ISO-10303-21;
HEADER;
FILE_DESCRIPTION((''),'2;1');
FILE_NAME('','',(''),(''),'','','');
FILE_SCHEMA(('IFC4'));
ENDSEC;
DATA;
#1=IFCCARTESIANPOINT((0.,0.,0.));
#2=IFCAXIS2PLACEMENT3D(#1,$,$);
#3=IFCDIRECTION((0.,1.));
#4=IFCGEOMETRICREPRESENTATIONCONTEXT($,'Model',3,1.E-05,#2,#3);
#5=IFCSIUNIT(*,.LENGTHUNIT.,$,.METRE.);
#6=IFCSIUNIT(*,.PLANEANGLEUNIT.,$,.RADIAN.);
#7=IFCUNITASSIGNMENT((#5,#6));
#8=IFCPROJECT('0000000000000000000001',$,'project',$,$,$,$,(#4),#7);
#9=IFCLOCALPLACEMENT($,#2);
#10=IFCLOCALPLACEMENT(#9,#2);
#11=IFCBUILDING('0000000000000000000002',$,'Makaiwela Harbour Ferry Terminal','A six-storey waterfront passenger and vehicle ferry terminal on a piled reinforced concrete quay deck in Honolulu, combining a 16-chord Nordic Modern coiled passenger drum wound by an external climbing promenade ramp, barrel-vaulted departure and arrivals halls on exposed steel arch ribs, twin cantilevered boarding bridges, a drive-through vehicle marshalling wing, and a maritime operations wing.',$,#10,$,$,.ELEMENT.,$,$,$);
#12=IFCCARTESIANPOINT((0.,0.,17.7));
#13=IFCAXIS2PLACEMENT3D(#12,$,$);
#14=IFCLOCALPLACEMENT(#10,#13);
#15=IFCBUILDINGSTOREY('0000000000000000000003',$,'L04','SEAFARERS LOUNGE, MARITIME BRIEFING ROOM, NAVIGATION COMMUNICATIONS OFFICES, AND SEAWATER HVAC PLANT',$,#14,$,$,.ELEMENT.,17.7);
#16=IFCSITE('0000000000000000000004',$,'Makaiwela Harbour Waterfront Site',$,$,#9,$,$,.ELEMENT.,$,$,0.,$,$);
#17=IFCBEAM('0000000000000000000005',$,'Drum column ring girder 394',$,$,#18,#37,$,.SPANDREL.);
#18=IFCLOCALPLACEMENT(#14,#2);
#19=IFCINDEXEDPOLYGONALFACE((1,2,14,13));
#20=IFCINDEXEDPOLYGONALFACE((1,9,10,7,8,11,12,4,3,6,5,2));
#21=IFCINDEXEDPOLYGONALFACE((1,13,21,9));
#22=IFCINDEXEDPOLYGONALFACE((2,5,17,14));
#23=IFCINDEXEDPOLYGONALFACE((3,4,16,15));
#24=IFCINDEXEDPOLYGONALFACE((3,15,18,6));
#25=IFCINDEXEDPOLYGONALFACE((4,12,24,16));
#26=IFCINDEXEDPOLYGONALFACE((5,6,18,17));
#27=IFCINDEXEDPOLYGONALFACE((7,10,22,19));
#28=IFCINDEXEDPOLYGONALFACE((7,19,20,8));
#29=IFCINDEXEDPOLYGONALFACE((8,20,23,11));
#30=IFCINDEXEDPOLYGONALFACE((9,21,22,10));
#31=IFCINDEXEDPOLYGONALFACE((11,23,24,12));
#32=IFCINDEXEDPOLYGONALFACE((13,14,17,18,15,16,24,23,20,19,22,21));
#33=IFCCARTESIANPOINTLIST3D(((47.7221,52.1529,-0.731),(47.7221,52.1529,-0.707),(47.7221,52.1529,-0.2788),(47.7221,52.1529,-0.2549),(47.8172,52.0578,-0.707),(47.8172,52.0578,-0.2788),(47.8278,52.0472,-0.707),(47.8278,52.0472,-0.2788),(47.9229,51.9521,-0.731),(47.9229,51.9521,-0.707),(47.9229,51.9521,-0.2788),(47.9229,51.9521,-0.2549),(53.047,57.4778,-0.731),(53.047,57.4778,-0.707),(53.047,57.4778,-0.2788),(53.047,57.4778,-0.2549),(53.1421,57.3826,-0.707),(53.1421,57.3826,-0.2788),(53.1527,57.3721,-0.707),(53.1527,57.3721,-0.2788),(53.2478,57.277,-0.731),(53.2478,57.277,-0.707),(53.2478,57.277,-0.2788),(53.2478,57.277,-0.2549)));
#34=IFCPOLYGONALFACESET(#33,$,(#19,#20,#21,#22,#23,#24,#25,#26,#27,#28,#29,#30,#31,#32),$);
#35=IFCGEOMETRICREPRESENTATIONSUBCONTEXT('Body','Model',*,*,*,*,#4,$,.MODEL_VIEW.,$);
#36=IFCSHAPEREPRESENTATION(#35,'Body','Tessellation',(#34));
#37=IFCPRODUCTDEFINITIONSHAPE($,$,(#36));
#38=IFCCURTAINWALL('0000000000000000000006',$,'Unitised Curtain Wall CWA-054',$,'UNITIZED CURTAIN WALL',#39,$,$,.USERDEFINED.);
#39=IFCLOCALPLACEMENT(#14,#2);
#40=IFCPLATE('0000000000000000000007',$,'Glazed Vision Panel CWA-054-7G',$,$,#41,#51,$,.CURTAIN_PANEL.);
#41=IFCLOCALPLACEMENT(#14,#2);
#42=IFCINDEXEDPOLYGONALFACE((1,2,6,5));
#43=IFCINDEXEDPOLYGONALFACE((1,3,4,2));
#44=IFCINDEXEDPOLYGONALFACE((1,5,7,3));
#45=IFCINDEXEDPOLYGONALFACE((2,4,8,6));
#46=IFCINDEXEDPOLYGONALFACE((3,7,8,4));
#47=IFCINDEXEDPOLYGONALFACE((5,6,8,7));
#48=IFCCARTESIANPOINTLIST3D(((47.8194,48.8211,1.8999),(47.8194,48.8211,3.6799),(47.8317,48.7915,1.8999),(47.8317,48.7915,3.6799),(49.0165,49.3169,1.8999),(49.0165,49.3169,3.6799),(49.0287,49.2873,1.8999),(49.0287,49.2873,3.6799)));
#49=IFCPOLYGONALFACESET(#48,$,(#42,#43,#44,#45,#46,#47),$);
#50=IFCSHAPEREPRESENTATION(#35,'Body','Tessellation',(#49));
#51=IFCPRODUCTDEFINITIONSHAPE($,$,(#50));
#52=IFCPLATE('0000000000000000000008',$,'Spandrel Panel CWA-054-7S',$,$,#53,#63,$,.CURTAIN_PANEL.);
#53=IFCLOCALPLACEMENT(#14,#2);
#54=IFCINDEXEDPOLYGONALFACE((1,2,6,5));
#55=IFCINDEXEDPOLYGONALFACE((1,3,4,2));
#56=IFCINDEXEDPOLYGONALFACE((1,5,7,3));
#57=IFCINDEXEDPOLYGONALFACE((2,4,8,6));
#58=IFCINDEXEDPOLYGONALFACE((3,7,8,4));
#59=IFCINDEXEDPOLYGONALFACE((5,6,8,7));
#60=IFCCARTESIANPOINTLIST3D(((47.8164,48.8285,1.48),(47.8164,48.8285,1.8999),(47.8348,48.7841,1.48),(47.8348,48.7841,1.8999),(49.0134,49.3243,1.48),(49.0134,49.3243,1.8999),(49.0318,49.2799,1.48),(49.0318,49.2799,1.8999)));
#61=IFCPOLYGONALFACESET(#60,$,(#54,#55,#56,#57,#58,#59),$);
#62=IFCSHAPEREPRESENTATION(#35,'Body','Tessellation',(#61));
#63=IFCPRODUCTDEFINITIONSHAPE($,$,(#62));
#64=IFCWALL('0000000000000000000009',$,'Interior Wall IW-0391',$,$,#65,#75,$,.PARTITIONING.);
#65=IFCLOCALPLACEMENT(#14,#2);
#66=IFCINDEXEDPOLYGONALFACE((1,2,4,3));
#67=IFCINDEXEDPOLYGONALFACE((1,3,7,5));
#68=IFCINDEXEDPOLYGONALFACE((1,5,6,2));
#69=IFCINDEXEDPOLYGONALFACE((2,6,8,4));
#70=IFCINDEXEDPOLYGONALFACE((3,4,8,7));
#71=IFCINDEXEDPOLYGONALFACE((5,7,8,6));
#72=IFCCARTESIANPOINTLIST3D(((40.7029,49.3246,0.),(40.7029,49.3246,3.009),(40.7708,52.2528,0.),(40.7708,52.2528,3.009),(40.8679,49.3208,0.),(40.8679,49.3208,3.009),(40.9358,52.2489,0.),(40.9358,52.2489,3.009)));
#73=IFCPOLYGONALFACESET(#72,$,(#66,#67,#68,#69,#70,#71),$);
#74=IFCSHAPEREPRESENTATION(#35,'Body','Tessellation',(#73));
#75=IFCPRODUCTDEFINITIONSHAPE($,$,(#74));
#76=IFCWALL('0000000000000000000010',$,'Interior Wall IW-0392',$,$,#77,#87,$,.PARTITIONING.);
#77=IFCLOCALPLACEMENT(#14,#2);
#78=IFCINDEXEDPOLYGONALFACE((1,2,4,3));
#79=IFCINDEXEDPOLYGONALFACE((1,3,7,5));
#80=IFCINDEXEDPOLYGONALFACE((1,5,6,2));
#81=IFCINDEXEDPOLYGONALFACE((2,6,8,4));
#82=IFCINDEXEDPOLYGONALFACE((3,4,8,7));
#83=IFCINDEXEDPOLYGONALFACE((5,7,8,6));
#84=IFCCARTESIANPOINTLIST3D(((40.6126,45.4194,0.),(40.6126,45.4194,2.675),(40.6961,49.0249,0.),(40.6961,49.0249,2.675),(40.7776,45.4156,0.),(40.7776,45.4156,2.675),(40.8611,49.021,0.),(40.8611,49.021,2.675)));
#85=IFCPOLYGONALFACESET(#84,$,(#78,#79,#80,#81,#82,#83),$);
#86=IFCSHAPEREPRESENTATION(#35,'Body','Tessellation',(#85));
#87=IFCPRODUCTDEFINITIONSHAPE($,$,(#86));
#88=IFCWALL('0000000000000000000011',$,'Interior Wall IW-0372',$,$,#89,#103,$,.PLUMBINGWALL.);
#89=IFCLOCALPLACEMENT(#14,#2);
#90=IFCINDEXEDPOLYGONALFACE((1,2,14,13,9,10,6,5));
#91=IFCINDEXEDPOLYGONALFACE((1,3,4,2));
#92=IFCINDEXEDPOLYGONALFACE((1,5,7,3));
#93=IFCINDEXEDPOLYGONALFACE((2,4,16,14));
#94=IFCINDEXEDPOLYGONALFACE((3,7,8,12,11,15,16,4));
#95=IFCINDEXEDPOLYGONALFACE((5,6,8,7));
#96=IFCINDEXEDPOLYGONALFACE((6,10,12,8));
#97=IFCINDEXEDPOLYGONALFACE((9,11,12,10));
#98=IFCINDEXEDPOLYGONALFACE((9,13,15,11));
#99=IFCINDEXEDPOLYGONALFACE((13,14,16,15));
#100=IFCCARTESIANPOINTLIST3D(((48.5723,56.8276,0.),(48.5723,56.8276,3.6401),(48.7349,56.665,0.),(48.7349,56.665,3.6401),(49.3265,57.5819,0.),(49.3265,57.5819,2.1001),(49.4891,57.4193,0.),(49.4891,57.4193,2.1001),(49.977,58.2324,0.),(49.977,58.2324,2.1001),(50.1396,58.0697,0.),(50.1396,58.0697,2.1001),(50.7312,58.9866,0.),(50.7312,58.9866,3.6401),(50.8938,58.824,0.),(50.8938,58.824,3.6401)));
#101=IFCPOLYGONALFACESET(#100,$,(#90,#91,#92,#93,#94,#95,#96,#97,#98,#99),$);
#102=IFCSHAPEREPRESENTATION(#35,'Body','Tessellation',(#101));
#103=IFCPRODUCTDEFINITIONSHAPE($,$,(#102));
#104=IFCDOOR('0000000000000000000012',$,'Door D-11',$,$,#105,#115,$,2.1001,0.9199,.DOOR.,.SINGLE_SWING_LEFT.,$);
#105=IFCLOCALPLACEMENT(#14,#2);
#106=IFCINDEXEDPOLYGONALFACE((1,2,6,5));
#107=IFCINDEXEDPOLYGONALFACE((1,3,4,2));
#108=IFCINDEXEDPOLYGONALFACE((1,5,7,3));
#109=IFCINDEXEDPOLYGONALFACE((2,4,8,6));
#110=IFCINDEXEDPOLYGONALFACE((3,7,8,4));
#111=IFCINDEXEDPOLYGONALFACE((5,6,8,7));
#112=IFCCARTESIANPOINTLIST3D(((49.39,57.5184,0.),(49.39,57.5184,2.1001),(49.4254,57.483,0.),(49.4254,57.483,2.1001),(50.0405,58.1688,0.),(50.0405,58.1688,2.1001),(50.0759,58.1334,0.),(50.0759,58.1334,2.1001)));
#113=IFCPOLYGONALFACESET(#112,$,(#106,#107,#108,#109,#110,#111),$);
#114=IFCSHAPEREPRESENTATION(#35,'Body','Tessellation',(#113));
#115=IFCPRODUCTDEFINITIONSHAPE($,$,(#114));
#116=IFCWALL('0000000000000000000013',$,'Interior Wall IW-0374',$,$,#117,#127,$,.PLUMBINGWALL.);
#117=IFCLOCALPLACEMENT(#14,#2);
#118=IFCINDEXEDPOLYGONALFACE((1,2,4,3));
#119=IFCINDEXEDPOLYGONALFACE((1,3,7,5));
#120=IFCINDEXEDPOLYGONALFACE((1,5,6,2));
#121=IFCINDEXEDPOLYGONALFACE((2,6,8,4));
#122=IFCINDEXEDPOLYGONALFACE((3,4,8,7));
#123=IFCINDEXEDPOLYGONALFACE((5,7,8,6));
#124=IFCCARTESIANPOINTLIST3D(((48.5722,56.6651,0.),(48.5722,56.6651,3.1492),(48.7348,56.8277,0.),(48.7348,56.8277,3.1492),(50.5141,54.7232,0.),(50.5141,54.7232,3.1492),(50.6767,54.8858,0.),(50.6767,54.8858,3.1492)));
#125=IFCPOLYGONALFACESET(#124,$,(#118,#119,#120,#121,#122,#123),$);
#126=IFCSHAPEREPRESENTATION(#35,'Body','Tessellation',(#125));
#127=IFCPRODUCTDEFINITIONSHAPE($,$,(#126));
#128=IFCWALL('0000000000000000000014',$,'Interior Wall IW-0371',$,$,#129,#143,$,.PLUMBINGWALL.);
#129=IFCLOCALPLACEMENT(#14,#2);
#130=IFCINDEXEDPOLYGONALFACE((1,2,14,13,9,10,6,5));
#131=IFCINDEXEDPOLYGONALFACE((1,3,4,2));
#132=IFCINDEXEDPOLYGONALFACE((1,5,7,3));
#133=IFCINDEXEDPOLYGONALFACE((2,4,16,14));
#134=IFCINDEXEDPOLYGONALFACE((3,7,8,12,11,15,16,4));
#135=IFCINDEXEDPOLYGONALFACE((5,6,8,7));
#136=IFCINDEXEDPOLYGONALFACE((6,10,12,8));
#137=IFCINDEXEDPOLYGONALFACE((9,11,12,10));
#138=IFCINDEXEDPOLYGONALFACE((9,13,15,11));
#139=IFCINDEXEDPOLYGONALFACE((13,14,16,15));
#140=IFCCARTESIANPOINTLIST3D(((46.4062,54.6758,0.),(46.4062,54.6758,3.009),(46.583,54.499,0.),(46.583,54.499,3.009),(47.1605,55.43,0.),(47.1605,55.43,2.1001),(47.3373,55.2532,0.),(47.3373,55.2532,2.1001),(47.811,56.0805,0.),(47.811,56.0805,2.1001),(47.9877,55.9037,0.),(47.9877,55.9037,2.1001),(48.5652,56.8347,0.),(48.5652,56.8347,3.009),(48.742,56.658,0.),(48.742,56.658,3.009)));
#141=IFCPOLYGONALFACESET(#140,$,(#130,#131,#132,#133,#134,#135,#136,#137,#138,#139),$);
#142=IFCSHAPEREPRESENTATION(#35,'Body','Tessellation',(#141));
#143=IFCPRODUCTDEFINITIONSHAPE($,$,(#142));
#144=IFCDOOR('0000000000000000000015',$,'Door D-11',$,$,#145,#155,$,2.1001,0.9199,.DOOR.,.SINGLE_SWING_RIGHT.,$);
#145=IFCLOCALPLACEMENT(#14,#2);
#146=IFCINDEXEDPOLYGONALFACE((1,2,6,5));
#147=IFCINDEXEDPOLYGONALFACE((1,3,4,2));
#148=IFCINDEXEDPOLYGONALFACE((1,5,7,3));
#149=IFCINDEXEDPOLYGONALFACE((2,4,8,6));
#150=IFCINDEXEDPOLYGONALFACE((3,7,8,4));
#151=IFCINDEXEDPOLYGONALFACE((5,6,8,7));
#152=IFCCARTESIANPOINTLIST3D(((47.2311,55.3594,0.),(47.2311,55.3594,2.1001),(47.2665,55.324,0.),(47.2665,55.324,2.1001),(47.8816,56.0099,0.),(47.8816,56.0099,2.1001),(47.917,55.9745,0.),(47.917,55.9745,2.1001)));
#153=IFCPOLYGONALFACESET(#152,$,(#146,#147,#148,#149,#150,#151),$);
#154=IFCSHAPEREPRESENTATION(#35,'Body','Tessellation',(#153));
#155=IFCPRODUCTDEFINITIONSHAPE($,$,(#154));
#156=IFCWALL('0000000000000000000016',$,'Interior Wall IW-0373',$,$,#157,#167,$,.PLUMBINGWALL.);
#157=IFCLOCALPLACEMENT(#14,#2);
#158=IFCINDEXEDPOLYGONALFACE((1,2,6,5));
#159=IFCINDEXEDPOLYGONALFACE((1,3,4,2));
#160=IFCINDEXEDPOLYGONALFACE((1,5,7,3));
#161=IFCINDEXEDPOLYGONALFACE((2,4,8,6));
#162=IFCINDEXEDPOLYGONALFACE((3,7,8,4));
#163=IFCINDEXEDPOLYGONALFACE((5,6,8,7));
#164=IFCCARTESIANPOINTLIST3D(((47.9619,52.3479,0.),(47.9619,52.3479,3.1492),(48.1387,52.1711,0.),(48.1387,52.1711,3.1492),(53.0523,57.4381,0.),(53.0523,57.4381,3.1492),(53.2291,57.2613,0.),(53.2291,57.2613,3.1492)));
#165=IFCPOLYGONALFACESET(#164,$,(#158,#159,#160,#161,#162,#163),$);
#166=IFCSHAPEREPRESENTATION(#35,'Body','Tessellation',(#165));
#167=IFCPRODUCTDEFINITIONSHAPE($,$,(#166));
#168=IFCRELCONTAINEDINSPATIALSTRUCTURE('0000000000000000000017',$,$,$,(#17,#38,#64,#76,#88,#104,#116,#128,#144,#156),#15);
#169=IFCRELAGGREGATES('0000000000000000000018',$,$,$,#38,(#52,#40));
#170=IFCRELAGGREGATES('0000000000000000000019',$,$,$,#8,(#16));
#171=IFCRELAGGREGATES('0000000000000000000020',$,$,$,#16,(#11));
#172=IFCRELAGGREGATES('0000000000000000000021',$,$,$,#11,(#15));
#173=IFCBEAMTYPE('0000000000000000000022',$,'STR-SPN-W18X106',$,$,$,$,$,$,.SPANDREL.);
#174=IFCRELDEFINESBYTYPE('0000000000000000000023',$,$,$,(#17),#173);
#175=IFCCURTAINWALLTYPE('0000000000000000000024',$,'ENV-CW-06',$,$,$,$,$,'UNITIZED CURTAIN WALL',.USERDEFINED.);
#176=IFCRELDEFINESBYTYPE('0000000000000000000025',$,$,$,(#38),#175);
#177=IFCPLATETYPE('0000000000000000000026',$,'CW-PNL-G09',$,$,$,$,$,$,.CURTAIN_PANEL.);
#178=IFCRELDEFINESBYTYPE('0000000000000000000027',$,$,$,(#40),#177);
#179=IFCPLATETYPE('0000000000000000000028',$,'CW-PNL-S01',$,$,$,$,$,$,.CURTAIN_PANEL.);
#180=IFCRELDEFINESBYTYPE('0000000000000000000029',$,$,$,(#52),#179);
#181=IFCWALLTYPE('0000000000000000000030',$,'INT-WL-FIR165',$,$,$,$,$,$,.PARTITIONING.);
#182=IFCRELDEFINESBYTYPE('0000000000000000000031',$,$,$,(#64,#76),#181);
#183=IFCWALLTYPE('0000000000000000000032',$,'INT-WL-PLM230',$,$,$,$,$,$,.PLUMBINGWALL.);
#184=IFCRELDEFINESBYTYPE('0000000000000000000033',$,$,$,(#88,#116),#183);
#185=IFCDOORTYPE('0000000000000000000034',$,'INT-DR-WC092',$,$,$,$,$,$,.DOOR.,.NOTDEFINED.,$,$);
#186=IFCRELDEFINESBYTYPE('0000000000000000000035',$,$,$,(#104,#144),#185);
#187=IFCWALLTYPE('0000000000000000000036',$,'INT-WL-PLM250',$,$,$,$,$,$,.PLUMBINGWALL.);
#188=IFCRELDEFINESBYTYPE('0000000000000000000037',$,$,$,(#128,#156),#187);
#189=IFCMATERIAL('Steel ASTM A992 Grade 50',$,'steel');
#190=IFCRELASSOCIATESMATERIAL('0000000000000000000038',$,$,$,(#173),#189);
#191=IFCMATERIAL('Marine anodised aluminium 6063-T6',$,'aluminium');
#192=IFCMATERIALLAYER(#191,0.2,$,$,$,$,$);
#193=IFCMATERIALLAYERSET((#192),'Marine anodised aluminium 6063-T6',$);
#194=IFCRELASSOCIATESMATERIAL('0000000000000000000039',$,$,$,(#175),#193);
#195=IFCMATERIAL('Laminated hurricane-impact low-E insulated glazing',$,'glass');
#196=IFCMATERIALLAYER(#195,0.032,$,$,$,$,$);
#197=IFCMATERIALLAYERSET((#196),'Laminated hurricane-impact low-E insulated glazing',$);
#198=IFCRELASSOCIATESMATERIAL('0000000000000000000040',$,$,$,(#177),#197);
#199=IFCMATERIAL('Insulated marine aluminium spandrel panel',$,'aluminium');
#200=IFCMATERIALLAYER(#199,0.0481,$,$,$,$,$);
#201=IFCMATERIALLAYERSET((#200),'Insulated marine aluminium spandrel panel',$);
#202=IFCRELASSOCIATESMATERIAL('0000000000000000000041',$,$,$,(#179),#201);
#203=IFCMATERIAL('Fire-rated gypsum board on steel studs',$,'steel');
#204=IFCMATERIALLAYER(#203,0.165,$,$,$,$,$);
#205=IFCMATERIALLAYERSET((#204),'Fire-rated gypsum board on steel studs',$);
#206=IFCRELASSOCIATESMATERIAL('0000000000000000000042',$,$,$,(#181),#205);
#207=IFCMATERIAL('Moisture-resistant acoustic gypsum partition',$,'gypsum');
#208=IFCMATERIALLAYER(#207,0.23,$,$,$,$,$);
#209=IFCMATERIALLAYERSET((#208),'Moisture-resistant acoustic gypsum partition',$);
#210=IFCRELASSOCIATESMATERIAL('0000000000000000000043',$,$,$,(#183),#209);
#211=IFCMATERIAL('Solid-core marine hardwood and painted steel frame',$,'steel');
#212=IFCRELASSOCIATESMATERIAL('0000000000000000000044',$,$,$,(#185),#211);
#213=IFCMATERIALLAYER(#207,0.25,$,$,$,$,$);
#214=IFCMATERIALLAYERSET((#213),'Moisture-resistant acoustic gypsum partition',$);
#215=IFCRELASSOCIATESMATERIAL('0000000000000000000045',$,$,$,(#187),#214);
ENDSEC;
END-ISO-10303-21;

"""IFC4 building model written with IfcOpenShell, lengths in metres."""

from ifc_helpers import new_model, si_unit, direction, frame, frame_2d, origin, origin_2d, place, context, subcontext, project, spatial, rectangle, i_section, extrude, material, layer, layer_set, material_profile, profile_set, type_object, element, fill, aggregate, save


model = new_model("IFC4")

# Units and contexts
model_context = context("Model", 3, precision=1e-05, world=origin(), true_north=direction((0.0, 1.0)))
body_context = subcontext(model_context, "Body", "Model", "MODEL_VIEW")
ifc_project = project(units=[si_unit("LENGTHUNIT", "METRE"), si_unit("PLANEANGLEUNIT", "RADIAN")], contexts=[model_context])

# Site, building, storey
site_placement = place(None, origin())
site = spatial("IfcSite", under=ifc_project, at=site_placement, Name="Makaiwela Harbour Waterfront Site", CompositionType="ELEMENT", RefElevation=0.0)
building_placement = place(site_placement, origin())
building = spatial("IfcBuilding", under=site, at=building_placement, Name="Makaiwela Harbour Ferry Terminal", Description="A six-storey waterfront passenger and vehicle ferry terminal on a piled reinforced concrete quay deck in Honolulu, combining a 16-chord Nordic Modern coiled passenger drum wound by an external climbing promenade ramp, barrel-vaulted departure and arrivals halls on exposed steel arch ribs, twin cantilevered boarding bridges, a drive-through vehicle marshalling wing, and a maritime operations wing.", CompositionType="ELEMENT")
storey_placement = place(building_placement, frame((0.0, 0.0, 17.7)))
storey = spatial("IfcBuildingStorey", under=building, at=storey_placement, Name="L04", Description="SEAFARERS LOUNGE, MARITIME BRIEFING ROOM, NAVIGATION COMMUNICATIONS OFFICES, AND SEAWATER HVAC PLANT", CompositionType="ELEMENT", Elevation=17.7)

# Shared definitions
ifc_material_1 = material(Name="Steel ASTM A992 Grade 50", Category="steel")

# Beam
ifc_material_profile_1 = material_profile(ifc_material_1, i_section(OverallWidth=0.2839, OverallDepth=0.4761, WebThickness=0.0149, FlangeThickness=0.0239, at=origin_2d()), Name="W18X106")
ifc_profile_set_1 = profile_set([ifc_material_profile_1], Name="Steel ASTM A992 Grade 50")
beam_type_1 = type_object("IfcBeamType", Name="STR-SPN-W18X106", PredefinedType="SPANDREL", material=ifc_profile_set_1)
for number, where, z_axis, x_axis, name in (
    (1, (47.8225, 52.0525, -0.4929), (0.707107, 0.707107, 0.0), (-0.707107, 0.707107, 0.0), "Drum column ring girder 394"),
):
    element("IfcBeam", number, at=place(storey_placement, frame(where, z_axis=z_axis, x_axis=x_axis)), inside=storey, type_object=beam_type_1, Name=name, PredefinedType="SPANDREL", context=body_context, shape_type="SweptSolid", body=[
        extrude(i_section(OverallWidth=0.2839, OverallDepth=0.4761, WebThickness=0.0149, FlangeThickness=0.0239, at=origin_2d()), origin(), (0.0, 0.0, 1.0), 7.5305),
    ])

# Curtain wall, plates
ifc_material_2 = material(Name="Marine anodised aluminium 6063-T6", Category="aluminium")
ifc_layer_1 = layer(ifc_material_2, 0.2)
ifc_layer_set_1 = layer_set([ifc_layer_1], Name="Marine anodised aluminium 6063-T6")
curtain_wall_type = type_object("IfcCurtainWallType", Name="ENV-CW-06", ElementType="UNITIZED CURTAIN WALL", PredefinedType="USERDEFINED", material=ifc_layer_set_1)
curtain_wall_placement = place(storey_placement, origin())
curtain_wall = element("IfcCurtainWall", 2, at=curtain_wall_placement, inside=storey, type_object=curtain_wall_type, Name="Unitised Curtain Wall CWA-054", ObjectType="UNITIZED CURTAIN WALL", PredefinedType="USERDEFINED")
ifc_material_3 = material(Name="Laminated hurricane-impact low-E insulated glazing", Category="glass")
ifc_layer_2 = layer(ifc_material_3, 0.032)
ifc_layer_set_2 = layer_set([ifc_layer_2], Name="Laminated hurricane-impact low-E insulated glazing")
plate_type_1 = type_object("IfcPlateType", Name="CW-PNL-G09", PredefinedType="CURTAIN_PANEL", material=ifc_layer_set_2)
plate_1_placement = place(storey_placement, frame((48.4241, 49.0542, 1.8999), z_axis=(0.0, 0.0, 1.0), x_axis=(0.92388, 0.382683, 0.0)))
plate_1 = element("IfcPlate", 3, at=plate_1_placement, type_object=plate_type_1, Name="Glazed Vision Panel CWA-054-7G", PredefinedType="CURTAIN_PANEL", context=body_context, shape_type="SweptSolid", body=[
    extrude(rectangle(XDim=1.2957, YDim=0.032, at=origin_2d()), origin(), (0.0, 0.0, 1.0), 1.78),
])
ifc_material_4 = material(Name="Insulated marine aluminium spandrel panel", Category="aluminium")
ifc_layer_3 = layer(ifc_material_4, 0.0481)
ifc_layer_set_3 = layer_set([ifc_layer_3], Name="Insulated marine aluminium spandrel panel")
plate_type_2 = type_object("IfcPlateType", Name="CW-PNL-S01", PredefinedType="CURTAIN_PANEL", material=ifc_layer_set_3)
plate_2_placement = place(storey_placement, frame((48.4241, 49.0542, 1.48), z_axis=(0.0, 0.0, 1.0), x_axis=(0.92388, 0.382683, 0.0)))
plate_2 = element("IfcPlate", 4, at=plate_2_placement, type_object=plate_type_2, Name="Spandrel Panel CWA-054-7S", PredefinedType="CURTAIN_PANEL", context=body_context, shape_type="SweptSolid", body=[
    extrude(rectangle(XDim=1.2957, YDim=0.0481, at=origin_2d()), origin(), (0.0, 0.0, 1.0), 0.4199),
])
aggregate(curtain_wall, [plate_2, plate_1])

# Walls
ifc_material_5 = material(Name="Fire-rated gypsum board on steel studs", Category="steel")
ifc_layer_4 = layer(ifc_material_5, 0.165)
ifc_layer_set_4 = layer_set([ifc_layer_4], Name="Fire-rated gypsum board on steel studs")
wall_type_1 = type_object("IfcWallType", Name="INT-WL-FIR165", PredefinedType="PARTITIONING", material=ifc_layer_set_4)
wall_1_placement = place(storey_placement, frame((40.8533, 52.2507, 0.0), z_axis=(0.0, 0.0, 1.0), x_axis=(-0.023172, -0.999731, 0.0)))
element("IfcWall", 5, at=wall_1_placement, inside=storey, type_object=wall_type_1, Name="Interior Wall IW-0391", PredefinedType="PARTITIONING", context=body_context, shape_type="SweptSolid", body=[
    extrude(rectangle(XDim=2.929, YDim=0.165, at=frame_2d((1.4644, 0.0))), origin(), (0.0, 0.0, 1.0), 3.009),
])
wall_2_placement = place(storey_placement, frame((40.7786, 49.0229, 0.0), z_axis=(0.0, 0.0, 1.0), x_axis=(-0.023152, -0.999732, 0.0)))
element("IfcWall", 6, at=wall_2_placement, inside=storey, type_object=wall_type_1, Name="Interior Wall IW-0392", PredefinedType="PARTITIONING", context=body_context, shape_type="SweptSolid", body=[
    extrude(rectangle(XDim=3.6064, YDim=0.165, at=frame_2d((1.8032, 0.0))), origin(), (0.0, 0.0, 1.0), 2.675),
])

# Wall, opening, door
ifc_material_6 = material(Name="Moisture-resistant acoustic gypsum partition", Category="gypsum")
ifc_layer_5 = layer(ifc_material_6, 0.23)
ifc_layer_set_5 = layer_set([ifc_layer_5], Name="Moisture-resistant acoustic gypsum partition")
wall_type_2 = type_object("IfcWallType", Name="INT-WL-PLM230", PredefinedType="PLUMBINGWALL", material=ifc_layer_set_5)
wall_3_placement = place(storey_placement, frame((48.6536, 56.7463, 0.0), z_axis=(0.0, 0.0, 1.0), x_axis=(0.707107, 0.707107, 0.0)))
wall_3 = element("IfcWall", 7, at=wall_3_placement, inside=storey, type_object=wall_type_2, Name="Interior Wall IW-0372", PredefinedType="PLUMBINGWALL", context=body_context, shape_type="SweptSolid", body=[
    extrude(rectangle(XDim=3.0532, YDim=0.23, at=frame_2d((1.5266, 0.0))), origin(), (0.0, 0.0, 1.0), 3.6401),
])
opening_1_placement = place(wall_3_placement, frame((1.0667, 0.0, 0.0)))
opening_1 = element("IfcOpeningElement", 8, at=opening_1_placement, cuts=wall_3, PredefinedType="OPENING", context=body_context, shape_type="SweptSolid", body=[
    extrude(rectangle(XDim=0.9199, YDim=2.1001, at=frame_2d((0.46, 1.05))), frame((0.0, 0.125, 0.0), z_axis=(0.0, -1.0, 0.0), x_axis=(1.0, 0.0, 0.0)), (0.0, 0.0, 1.0), 0.25),
])
ifc_material_7 = material(Name="Solid-core marine hardwood and painted steel frame", Category="steel")
door_type_1 = type_object("IfcDoorType", Name="INT-DR-WC092", OperationType="NOTDEFINED", PredefinedType="DOOR", material=ifc_material_7)
door_1_placement = place(opening_1_placement, frame((0.9199, 0.0, 0.0), z_axis=(0.0, 0.0, 1.0), x_axis=(-1.0, 0.0, 0.0)))
door_1 = element("IfcDoor", 9, at=door_1_placement, inside=storey, type_object=door_type_1, Name="Door D-11", OperationType="SINGLE_SWING_LEFT", OverallHeight=2.1001, OverallWidth=0.9199, PredefinedType="DOOR", context=body_context, shape_type="SweptSolid", body=[
    extrude(rectangle(XDim=0.9199, YDim=2.1001, at=frame_2d((0.46, 1.05))), frame((0.0, 0.0249, 0.0), z_axis=(0.0, -1.0, 0.0), x_axis=(1.0, 0.0, 0.0)), (0.0, 0.0, 1.0), 0.05),
])
fill(opening_1, door_1)

# Wall
wall_4_placement = place(storey_placement, frame((48.6536, 56.7463, 0.0), z_axis=(0.0, 0.0, 1.0), x_axis=(0.707107, -0.707107, 0.0)))
element("IfcWall", 10, at=wall_4_placement, inside=storey, type_object=wall_type_2, Name="Interior Wall IW-0374", PredefinedType="PLUMBINGWALL", context=body_context, shape_type="SweptSolid", body=[
    extrude(rectangle(XDim=2.7463, YDim=0.23, at=frame_2d((1.373, 0.0))), origin(), (0.0, 0.0, 1.0), 3.1492),
])

# Wall, opening, door
ifc_layer_6 = layer(ifc_material_6, 0.25)
ifc_layer_set_6 = layer_set([ifc_layer_6], Name="Moisture-resistant acoustic gypsum partition")
wall_type_3 = type_object("IfcWallType", Name="INT-WL-PLM250", PredefinedType="PLUMBINGWALL", material=ifc_layer_set_6)
wall_5_placement = place(storey_placement, frame((46.4946, 54.5874, 0.0), z_axis=(0.0, 0.0, 1.0), x_axis=(0.707107, 0.707107, 0.0)))
wall_5 = element("IfcWall", 11, at=wall_5_placement, inside=storey, type_object=wall_type_3, Name="Interior Wall IW-0371", PredefinedType="PLUMBINGWALL", context=body_context, shape_type="SweptSolid", body=[
    extrude(rectangle(XDim=3.0532, YDim=0.25, at=frame_2d((1.5266, 0.0))), origin(), (0.0, 0.0, 1.0), 3.009),
])
opening_2_placement = place(wall_5_placement, frame((1.0667, 0.0, 0.0)))
opening_2 = element("IfcOpeningElement", 12, at=opening_2_placement, cuts=wall_5, PredefinedType="OPENING", context=body_context, shape_type="SweptSolid", body=[
    extrude(rectangle(XDim=0.9199, YDim=2.1001, at=frame_2d((0.46, 1.05))), frame((0.0, 0.135, 0.0), z_axis=(0.0, -1.0, 0.0), x_axis=(1.0, 0.0, 0.0)), (0.0, 0.0, 1.0), 0.27),
])
door_2_placement = place(opening_2_placement, frame((0.9199, 0.0, 0.0), z_axis=(0.0, 0.0, 1.0), x_axis=(-1.0, 0.0, 0.0)))
door_2 = element("IfcDoor", 13, at=door_2_placement, inside=storey, type_object=door_type_1, Name="Door D-11", OperationType="SINGLE_SWING_RIGHT", OverallHeight=2.1001, OverallWidth=0.9199, PredefinedType="DOOR", context=body_context, shape_type="SweptSolid", body=[
    extrude(rectangle(XDim=0.9199, YDim=2.1001, at=frame_2d((0.46, 1.05))), frame((0.0, 0.0249, 0.0), z_axis=(0.0, -1.0, 0.0), x_axis=(1.0, 0.0, 0.0)), (0.0, 0.0, 1.0), 0.05),
])
fill(opening_2, door_2)

# Wall
wall_6_placement = place(storey_placement, frame((48.0503, 52.2595, 0.0), z_axis=(0.0, 0.0, 1.0), x_axis=(0.707124, 0.70709, 0.0)))
element("IfcWall", 14, at=wall_6_placement, inside=storey, type_object=wall_type_3, Name="Interior Wall IW-0373", PredefinedType="PLUMBINGWALL", context=body_context, shape_type="SweptSolid", body=[
    extrude(rectangle(XDim=7.1987, YDim=0.25, at=frame_2d((3.5994, 0.0))), origin(), (0.0, 0.0, 1.0), 3.1492),
])

save(model, "model.ifc")
